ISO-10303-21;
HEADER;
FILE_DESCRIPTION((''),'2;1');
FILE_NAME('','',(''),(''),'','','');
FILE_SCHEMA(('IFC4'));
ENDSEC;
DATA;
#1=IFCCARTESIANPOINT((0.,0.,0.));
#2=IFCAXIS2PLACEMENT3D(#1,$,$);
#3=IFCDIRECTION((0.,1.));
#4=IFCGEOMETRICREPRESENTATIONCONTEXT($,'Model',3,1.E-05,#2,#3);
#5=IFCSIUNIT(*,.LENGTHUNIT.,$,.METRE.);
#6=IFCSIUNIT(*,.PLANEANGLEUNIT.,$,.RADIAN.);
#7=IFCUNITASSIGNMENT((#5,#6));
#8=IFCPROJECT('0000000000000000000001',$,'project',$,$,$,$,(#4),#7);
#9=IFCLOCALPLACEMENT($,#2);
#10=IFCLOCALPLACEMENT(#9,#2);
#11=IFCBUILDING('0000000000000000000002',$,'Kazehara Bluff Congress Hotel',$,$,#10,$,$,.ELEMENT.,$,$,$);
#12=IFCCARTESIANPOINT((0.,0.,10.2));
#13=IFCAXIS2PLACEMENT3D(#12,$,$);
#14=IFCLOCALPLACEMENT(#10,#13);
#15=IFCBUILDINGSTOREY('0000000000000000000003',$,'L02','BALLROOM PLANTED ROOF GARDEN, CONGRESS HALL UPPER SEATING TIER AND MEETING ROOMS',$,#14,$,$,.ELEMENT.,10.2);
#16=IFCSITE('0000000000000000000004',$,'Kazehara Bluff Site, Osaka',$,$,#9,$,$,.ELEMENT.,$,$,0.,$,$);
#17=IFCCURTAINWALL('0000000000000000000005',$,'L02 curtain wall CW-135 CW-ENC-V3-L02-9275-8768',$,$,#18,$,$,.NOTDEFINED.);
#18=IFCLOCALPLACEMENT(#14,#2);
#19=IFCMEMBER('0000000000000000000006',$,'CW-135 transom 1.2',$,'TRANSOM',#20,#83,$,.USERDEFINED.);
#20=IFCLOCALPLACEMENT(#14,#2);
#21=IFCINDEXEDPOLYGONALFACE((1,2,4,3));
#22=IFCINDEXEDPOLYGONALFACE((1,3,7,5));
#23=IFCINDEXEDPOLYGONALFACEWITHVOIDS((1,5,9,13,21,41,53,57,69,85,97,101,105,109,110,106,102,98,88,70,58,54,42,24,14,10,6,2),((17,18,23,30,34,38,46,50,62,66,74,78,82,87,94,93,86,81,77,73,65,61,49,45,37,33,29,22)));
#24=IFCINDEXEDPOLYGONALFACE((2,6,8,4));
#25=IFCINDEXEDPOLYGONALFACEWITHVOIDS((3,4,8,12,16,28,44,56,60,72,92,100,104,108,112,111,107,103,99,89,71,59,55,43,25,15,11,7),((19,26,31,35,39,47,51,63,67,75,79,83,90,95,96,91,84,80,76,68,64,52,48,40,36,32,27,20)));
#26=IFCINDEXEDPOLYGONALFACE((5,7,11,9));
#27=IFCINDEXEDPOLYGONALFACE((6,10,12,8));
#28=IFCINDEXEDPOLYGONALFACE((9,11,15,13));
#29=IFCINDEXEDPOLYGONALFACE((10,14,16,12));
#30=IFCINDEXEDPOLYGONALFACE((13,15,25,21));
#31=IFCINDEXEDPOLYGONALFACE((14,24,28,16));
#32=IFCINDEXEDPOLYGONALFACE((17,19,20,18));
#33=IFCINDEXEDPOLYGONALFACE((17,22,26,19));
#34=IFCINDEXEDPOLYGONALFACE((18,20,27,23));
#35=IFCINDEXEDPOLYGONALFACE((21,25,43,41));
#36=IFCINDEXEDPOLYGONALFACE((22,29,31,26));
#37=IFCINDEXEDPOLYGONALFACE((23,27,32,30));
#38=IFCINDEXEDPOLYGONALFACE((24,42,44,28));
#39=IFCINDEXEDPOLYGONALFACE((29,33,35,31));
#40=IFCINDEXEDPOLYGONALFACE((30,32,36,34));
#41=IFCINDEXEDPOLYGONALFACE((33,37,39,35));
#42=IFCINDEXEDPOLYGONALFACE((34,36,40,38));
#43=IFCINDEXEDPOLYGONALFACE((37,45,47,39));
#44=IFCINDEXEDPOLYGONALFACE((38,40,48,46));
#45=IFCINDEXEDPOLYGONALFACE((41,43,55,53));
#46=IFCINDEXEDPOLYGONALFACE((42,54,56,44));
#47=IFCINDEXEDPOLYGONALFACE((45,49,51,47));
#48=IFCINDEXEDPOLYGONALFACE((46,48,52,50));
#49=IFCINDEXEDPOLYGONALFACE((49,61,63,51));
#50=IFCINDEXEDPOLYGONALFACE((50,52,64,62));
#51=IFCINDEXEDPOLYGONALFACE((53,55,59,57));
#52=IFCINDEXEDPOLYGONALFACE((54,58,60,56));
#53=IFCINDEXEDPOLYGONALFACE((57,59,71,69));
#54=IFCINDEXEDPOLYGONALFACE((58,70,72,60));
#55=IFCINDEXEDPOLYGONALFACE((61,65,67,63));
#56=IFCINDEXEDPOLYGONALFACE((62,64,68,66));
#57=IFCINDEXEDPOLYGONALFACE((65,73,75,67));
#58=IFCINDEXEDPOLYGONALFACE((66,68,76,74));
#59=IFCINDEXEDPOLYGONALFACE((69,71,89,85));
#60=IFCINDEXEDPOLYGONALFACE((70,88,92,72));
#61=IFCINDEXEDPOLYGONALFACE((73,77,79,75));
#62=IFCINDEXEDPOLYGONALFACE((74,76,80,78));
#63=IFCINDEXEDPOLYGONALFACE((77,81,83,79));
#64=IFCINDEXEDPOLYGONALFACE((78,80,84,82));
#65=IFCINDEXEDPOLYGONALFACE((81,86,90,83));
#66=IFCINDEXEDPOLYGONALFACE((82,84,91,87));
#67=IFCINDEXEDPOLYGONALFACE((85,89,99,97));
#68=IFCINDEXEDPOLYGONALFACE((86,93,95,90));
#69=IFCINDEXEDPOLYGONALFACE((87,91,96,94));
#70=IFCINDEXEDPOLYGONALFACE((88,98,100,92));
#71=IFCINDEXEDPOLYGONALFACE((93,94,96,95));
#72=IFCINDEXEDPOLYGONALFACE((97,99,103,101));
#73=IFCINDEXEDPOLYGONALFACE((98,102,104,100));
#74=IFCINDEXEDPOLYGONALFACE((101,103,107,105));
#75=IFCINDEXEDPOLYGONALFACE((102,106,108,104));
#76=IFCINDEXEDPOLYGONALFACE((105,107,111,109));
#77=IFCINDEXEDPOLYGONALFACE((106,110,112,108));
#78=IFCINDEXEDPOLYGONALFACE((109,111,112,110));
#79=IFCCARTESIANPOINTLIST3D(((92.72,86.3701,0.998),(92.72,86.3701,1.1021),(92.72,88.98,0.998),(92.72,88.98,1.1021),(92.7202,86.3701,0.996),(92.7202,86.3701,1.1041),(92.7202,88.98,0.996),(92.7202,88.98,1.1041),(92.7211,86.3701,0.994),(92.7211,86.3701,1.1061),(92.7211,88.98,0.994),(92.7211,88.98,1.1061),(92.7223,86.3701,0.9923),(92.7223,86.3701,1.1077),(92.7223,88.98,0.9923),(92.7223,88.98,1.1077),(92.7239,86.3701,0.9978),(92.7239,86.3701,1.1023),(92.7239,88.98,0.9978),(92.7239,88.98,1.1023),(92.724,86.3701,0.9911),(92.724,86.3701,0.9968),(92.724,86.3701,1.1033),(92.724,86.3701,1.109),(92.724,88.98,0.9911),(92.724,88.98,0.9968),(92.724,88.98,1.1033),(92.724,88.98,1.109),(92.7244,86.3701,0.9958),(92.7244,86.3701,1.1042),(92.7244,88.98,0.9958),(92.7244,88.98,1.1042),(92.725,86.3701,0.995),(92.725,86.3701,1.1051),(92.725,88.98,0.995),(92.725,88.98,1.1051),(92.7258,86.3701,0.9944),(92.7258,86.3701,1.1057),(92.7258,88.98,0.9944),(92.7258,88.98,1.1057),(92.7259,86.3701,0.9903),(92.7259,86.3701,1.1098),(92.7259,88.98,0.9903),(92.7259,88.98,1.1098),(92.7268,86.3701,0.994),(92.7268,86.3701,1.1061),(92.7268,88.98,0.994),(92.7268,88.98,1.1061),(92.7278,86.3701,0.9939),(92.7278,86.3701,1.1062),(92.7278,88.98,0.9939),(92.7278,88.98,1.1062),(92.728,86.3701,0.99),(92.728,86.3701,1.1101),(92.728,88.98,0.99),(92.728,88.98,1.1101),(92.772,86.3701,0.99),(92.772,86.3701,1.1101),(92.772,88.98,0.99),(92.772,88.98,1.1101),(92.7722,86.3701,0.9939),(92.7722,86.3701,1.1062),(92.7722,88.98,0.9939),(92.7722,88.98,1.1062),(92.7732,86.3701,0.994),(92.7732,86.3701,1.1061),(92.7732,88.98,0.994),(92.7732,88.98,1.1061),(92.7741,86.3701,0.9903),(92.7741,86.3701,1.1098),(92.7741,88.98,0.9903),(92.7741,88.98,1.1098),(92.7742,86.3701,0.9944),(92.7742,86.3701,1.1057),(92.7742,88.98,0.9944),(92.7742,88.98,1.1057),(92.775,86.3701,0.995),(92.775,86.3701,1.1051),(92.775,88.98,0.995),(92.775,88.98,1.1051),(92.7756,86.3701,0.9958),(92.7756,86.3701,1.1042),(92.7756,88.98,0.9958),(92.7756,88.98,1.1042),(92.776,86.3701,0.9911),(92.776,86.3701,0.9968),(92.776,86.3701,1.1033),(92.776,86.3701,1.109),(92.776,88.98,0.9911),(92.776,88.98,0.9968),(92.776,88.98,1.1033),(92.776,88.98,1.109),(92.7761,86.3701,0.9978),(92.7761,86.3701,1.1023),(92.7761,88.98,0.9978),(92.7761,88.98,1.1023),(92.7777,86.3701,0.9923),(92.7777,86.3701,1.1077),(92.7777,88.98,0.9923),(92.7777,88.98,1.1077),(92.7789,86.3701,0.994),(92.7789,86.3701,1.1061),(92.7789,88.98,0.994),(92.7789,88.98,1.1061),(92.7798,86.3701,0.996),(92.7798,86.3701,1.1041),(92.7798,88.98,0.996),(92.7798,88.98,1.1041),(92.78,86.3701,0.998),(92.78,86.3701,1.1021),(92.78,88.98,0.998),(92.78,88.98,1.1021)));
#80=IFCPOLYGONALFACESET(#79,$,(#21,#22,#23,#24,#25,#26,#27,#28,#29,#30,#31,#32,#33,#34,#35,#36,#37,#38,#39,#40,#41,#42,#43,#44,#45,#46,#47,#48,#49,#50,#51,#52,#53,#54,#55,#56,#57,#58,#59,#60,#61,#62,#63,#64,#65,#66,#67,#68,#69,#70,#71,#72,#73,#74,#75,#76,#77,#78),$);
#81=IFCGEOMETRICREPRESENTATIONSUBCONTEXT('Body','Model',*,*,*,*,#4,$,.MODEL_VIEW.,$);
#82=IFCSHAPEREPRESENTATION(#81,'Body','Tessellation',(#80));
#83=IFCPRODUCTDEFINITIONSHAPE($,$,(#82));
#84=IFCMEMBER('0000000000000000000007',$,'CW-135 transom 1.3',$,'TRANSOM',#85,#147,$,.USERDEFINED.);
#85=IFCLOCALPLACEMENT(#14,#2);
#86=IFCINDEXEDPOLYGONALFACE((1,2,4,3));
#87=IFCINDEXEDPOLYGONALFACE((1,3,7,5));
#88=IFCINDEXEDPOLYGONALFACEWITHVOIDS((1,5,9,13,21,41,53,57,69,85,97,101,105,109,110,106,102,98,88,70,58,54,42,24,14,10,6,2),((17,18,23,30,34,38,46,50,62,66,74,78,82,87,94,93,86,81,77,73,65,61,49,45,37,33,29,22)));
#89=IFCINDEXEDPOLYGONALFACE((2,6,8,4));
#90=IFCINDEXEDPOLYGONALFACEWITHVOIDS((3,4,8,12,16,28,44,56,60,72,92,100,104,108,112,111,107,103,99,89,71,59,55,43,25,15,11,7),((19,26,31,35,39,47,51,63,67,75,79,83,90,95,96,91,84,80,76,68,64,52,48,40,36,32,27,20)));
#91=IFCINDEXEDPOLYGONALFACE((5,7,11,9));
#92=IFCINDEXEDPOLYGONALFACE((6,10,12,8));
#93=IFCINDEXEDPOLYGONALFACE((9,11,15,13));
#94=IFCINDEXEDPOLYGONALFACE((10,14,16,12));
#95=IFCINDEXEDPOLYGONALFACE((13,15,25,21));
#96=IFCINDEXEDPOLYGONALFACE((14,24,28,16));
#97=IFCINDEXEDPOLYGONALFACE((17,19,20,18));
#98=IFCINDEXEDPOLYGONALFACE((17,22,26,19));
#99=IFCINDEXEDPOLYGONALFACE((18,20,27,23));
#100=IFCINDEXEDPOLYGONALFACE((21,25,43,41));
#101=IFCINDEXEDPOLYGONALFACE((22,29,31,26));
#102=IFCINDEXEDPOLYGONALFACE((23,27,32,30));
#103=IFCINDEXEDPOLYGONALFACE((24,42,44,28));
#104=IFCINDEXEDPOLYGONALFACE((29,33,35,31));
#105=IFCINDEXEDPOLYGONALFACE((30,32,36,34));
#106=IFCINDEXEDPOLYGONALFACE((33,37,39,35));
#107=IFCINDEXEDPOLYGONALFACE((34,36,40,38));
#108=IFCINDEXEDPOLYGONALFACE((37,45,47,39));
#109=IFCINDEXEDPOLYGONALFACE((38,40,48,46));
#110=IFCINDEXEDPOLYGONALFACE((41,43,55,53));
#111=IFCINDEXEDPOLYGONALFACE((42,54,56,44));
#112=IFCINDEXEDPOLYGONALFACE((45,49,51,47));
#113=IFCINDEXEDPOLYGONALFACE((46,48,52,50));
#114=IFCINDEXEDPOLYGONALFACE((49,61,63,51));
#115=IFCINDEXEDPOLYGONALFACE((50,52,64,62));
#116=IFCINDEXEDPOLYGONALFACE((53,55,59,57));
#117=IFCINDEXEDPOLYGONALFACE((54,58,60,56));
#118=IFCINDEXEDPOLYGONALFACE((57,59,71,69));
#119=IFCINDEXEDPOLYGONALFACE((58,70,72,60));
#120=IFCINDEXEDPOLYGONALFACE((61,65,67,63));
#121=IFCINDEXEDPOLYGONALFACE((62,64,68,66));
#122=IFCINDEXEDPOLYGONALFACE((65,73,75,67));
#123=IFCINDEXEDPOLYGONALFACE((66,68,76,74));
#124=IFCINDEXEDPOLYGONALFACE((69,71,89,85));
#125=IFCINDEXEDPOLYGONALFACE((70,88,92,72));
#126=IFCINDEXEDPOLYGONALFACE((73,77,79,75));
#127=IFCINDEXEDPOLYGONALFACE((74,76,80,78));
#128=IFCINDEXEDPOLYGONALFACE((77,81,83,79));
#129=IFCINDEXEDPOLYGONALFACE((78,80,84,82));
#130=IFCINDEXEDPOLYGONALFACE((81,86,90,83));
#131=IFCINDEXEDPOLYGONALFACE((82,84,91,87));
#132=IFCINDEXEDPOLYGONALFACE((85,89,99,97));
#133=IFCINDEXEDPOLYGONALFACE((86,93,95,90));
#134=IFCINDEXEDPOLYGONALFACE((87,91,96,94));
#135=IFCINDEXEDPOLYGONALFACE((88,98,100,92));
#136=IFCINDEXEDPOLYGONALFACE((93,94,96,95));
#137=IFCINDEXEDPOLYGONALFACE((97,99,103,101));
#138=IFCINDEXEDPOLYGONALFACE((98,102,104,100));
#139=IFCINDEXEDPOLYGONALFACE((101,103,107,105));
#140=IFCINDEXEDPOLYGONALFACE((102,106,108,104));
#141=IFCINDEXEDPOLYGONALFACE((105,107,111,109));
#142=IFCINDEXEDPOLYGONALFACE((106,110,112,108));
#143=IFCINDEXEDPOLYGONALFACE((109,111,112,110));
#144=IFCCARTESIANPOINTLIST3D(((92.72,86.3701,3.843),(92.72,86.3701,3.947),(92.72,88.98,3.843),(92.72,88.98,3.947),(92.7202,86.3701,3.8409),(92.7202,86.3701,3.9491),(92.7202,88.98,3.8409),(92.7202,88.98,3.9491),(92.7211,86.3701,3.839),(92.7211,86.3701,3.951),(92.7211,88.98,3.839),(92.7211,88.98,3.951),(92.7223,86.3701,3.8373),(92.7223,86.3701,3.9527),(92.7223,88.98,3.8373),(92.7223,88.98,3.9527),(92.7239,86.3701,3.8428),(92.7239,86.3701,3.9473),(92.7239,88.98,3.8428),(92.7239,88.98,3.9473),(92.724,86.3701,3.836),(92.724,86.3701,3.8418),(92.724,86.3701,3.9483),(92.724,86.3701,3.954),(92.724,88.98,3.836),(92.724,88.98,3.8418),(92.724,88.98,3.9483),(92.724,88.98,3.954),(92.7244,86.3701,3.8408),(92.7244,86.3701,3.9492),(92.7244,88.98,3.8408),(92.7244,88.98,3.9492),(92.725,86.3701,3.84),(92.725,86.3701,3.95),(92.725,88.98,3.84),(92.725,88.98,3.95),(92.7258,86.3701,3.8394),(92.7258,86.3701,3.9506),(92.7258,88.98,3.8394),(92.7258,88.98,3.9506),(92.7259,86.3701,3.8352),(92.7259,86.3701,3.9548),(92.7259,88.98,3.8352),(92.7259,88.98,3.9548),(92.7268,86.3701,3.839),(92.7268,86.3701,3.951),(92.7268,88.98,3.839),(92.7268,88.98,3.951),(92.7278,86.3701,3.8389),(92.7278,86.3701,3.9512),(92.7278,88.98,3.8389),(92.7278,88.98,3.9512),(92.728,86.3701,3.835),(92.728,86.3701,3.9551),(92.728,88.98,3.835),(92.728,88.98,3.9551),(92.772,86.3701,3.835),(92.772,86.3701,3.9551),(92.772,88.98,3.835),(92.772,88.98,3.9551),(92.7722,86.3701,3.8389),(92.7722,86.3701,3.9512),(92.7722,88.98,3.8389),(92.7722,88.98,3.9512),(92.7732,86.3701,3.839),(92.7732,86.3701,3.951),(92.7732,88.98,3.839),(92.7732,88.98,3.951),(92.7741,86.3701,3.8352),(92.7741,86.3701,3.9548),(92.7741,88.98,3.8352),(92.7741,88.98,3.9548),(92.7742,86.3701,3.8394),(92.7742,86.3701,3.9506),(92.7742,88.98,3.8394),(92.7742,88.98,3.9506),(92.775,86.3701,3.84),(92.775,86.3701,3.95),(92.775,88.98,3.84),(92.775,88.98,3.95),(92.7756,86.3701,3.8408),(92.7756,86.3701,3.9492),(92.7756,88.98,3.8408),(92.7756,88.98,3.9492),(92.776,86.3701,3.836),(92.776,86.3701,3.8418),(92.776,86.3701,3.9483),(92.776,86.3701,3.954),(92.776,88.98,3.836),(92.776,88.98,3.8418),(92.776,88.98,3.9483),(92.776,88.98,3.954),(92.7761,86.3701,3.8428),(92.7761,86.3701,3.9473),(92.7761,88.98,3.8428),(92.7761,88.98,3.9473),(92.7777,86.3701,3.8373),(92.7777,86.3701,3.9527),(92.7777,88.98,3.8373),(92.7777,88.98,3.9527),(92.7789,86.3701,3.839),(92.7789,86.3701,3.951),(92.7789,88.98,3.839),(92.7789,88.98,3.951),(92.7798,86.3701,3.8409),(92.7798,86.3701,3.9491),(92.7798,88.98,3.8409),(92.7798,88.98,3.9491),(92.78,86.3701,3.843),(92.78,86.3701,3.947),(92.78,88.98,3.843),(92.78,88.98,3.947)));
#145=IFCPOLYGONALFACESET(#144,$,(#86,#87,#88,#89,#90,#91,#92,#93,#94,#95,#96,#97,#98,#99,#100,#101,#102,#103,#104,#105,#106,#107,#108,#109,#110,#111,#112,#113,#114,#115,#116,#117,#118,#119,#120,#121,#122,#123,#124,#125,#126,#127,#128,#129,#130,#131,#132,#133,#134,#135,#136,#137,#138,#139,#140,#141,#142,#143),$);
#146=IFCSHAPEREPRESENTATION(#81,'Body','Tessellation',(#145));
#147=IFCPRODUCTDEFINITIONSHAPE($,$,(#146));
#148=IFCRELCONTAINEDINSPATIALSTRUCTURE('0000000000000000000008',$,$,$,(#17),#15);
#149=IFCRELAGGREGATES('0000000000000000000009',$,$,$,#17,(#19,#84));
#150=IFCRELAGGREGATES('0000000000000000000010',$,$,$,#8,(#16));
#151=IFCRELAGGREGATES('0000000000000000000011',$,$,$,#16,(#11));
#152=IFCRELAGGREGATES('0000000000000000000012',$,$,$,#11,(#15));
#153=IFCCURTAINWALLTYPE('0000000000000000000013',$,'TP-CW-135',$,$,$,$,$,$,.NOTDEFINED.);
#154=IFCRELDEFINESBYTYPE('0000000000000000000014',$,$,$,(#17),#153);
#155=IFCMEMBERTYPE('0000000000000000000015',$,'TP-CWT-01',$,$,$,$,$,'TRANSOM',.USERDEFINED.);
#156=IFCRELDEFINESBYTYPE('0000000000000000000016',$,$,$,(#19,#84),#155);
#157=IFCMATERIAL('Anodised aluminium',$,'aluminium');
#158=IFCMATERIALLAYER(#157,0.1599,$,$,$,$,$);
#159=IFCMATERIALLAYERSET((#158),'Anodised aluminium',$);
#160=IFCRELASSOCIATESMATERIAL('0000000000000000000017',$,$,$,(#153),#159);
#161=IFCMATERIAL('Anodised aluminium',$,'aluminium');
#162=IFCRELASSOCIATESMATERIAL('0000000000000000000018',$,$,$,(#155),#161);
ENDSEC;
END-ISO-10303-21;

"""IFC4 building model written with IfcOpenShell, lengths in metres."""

from ifc_helpers import new_model, si_unit, direction, frame, origin, origin_2d, place, context, subcontext, project, spatial, hollow_rectangle, extrude, material, layer, layer_set, material_profile, profile_set, type_object, element, aggregate, save


model = new_model("IFC4")

# Units and contexts
model_context = context("Model", 3, precision=1e-05, world=origin(), true_north=direction((0.0, 1.0)))
body_context = subcontext(model_context, "Body", "Model", "MODEL_VIEW")
ifc_project = project(units=[si_unit("LENGTHUNIT", "METRE"), si_unit("PLANEANGLEUNIT", "RADIAN")], contexts=[model_context])

# Site, building, storey
site_placement = place(None, origin())
site = spatial("IfcSite", under=ifc_project, at=site_placement, Name="Kazehara Bluff Site, Osaka", CompositionType="ELEMENT", RefElevation=0.0)
building_placement = place(site_placement, origin())
building = spatial("IfcBuilding", under=site, at=building_placement, Name="Kazehara Bluff Congress Hotel", CompositionType="ELEMENT")
storey_placement = place(building_placement, frame((0.0, 0.0, 10.2)))
storey = spatial("IfcBuildingStorey", under=building, at=storey_placement, Name="L02", Description="BALLROOM PLANTED ROOF GARDEN, CONGRESS HALL UPPER SEATING TIER AND MEETING ROOMS", CompositionType="ELEMENT", Elevation=10.2)

# Curtain wall
ifc_material_1 = material(Name="Anodised aluminium", Category="aluminium")
ifc_layer_1 = layer(ifc_material_1, 0.1599)
ifc_layer_set_1 = layer_set([ifc_layer_1], Name="Anodised aluminium")
curtain_wall_type_1 = type_object("IfcCurtainWallType", Name="TP-CW-135", PredefinedType="NOTDEFINED", material=ifc_layer_set_1)
curtain_wall_1_placement = place(storey_placement, origin())
curtain_wall_1 = element("IfcCurtainWall", 1, at=curtain_wall_1_placement, inside=storey, type_object=curtain_wall_type_1, Name="L02 curtain wall CW-135 CW-ENC-V3-L02-9275-8768", PredefinedType="NOTDEFINED")

# Members
ifc_material_2 = material(Name="Anodised aluminium", Category="aluminium")
ifc_material_profile_1 = material_profile(ifc_material_2, hollow_rectangle(XDim=0.0601, YDim=0.1201, WallThickness=0.0039, InnerFilletRadius=0.0039, OuterFilletRadius=0.0081, at=origin_2d()))
ifc_profile_set_1 = profile_set([ifc_material_profile_1], Name="Anodised aluminium")
member_type_1 = type_object("IfcMemberType", Name="TP-CWT-01", ElementType="TRANSOM", PredefinedType="USERDEFINED", material=ifc_profile_set_1)
member_1_placement = place(storey_placement, frame((92.75, 88.98, 1.05), z_axis=(0.0, -1.0, 0.0), x_axis=(1.0, 0.0, 0.0)))
member_1 = element("IfcMember", 2, at=member_1_placement, type_object=member_type_1, Name="CW-135 transom 1.2", ObjectType="TRANSOM", PredefinedType="USERDEFINED", context=body_context, shape_type="SweptSolid", body=[
    extrude(hollow_rectangle(XDim=0.0601, YDim=0.1201, WallThickness=0.0039, InnerFilletRadius=0.0039, OuterFilletRadius=0.0081, at=origin_2d()), origin(), (0.0, 0.0, 1.0), 2.6099),
])
member_2_placement = place(storey_placement, frame((92.75, 88.98, 3.895), z_axis=(0.0, -1.0, 0.0), x_axis=(1.0, 0.0, 0.0)))
member_2 = element("IfcMember", 3, at=member_2_placement, type_object=member_type_1, Name="CW-135 transom 1.3", ObjectType="TRANSOM", PredefinedType="USERDEFINED", context=body_context, shape_type="SweptSolid", body=[
    extrude(hollow_rectangle(XDim=0.0601, YDim=0.1201, WallThickness=0.0039, InnerFilletRadius=0.0039, OuterFilletRadius=0.0081, at=origin_2d()), origin(), (0.0, 0.0, 1.0), 2.6099),
])

aggregate(curtain_wall_1, [member_1, member_2])

save(model, "model.ifc")
